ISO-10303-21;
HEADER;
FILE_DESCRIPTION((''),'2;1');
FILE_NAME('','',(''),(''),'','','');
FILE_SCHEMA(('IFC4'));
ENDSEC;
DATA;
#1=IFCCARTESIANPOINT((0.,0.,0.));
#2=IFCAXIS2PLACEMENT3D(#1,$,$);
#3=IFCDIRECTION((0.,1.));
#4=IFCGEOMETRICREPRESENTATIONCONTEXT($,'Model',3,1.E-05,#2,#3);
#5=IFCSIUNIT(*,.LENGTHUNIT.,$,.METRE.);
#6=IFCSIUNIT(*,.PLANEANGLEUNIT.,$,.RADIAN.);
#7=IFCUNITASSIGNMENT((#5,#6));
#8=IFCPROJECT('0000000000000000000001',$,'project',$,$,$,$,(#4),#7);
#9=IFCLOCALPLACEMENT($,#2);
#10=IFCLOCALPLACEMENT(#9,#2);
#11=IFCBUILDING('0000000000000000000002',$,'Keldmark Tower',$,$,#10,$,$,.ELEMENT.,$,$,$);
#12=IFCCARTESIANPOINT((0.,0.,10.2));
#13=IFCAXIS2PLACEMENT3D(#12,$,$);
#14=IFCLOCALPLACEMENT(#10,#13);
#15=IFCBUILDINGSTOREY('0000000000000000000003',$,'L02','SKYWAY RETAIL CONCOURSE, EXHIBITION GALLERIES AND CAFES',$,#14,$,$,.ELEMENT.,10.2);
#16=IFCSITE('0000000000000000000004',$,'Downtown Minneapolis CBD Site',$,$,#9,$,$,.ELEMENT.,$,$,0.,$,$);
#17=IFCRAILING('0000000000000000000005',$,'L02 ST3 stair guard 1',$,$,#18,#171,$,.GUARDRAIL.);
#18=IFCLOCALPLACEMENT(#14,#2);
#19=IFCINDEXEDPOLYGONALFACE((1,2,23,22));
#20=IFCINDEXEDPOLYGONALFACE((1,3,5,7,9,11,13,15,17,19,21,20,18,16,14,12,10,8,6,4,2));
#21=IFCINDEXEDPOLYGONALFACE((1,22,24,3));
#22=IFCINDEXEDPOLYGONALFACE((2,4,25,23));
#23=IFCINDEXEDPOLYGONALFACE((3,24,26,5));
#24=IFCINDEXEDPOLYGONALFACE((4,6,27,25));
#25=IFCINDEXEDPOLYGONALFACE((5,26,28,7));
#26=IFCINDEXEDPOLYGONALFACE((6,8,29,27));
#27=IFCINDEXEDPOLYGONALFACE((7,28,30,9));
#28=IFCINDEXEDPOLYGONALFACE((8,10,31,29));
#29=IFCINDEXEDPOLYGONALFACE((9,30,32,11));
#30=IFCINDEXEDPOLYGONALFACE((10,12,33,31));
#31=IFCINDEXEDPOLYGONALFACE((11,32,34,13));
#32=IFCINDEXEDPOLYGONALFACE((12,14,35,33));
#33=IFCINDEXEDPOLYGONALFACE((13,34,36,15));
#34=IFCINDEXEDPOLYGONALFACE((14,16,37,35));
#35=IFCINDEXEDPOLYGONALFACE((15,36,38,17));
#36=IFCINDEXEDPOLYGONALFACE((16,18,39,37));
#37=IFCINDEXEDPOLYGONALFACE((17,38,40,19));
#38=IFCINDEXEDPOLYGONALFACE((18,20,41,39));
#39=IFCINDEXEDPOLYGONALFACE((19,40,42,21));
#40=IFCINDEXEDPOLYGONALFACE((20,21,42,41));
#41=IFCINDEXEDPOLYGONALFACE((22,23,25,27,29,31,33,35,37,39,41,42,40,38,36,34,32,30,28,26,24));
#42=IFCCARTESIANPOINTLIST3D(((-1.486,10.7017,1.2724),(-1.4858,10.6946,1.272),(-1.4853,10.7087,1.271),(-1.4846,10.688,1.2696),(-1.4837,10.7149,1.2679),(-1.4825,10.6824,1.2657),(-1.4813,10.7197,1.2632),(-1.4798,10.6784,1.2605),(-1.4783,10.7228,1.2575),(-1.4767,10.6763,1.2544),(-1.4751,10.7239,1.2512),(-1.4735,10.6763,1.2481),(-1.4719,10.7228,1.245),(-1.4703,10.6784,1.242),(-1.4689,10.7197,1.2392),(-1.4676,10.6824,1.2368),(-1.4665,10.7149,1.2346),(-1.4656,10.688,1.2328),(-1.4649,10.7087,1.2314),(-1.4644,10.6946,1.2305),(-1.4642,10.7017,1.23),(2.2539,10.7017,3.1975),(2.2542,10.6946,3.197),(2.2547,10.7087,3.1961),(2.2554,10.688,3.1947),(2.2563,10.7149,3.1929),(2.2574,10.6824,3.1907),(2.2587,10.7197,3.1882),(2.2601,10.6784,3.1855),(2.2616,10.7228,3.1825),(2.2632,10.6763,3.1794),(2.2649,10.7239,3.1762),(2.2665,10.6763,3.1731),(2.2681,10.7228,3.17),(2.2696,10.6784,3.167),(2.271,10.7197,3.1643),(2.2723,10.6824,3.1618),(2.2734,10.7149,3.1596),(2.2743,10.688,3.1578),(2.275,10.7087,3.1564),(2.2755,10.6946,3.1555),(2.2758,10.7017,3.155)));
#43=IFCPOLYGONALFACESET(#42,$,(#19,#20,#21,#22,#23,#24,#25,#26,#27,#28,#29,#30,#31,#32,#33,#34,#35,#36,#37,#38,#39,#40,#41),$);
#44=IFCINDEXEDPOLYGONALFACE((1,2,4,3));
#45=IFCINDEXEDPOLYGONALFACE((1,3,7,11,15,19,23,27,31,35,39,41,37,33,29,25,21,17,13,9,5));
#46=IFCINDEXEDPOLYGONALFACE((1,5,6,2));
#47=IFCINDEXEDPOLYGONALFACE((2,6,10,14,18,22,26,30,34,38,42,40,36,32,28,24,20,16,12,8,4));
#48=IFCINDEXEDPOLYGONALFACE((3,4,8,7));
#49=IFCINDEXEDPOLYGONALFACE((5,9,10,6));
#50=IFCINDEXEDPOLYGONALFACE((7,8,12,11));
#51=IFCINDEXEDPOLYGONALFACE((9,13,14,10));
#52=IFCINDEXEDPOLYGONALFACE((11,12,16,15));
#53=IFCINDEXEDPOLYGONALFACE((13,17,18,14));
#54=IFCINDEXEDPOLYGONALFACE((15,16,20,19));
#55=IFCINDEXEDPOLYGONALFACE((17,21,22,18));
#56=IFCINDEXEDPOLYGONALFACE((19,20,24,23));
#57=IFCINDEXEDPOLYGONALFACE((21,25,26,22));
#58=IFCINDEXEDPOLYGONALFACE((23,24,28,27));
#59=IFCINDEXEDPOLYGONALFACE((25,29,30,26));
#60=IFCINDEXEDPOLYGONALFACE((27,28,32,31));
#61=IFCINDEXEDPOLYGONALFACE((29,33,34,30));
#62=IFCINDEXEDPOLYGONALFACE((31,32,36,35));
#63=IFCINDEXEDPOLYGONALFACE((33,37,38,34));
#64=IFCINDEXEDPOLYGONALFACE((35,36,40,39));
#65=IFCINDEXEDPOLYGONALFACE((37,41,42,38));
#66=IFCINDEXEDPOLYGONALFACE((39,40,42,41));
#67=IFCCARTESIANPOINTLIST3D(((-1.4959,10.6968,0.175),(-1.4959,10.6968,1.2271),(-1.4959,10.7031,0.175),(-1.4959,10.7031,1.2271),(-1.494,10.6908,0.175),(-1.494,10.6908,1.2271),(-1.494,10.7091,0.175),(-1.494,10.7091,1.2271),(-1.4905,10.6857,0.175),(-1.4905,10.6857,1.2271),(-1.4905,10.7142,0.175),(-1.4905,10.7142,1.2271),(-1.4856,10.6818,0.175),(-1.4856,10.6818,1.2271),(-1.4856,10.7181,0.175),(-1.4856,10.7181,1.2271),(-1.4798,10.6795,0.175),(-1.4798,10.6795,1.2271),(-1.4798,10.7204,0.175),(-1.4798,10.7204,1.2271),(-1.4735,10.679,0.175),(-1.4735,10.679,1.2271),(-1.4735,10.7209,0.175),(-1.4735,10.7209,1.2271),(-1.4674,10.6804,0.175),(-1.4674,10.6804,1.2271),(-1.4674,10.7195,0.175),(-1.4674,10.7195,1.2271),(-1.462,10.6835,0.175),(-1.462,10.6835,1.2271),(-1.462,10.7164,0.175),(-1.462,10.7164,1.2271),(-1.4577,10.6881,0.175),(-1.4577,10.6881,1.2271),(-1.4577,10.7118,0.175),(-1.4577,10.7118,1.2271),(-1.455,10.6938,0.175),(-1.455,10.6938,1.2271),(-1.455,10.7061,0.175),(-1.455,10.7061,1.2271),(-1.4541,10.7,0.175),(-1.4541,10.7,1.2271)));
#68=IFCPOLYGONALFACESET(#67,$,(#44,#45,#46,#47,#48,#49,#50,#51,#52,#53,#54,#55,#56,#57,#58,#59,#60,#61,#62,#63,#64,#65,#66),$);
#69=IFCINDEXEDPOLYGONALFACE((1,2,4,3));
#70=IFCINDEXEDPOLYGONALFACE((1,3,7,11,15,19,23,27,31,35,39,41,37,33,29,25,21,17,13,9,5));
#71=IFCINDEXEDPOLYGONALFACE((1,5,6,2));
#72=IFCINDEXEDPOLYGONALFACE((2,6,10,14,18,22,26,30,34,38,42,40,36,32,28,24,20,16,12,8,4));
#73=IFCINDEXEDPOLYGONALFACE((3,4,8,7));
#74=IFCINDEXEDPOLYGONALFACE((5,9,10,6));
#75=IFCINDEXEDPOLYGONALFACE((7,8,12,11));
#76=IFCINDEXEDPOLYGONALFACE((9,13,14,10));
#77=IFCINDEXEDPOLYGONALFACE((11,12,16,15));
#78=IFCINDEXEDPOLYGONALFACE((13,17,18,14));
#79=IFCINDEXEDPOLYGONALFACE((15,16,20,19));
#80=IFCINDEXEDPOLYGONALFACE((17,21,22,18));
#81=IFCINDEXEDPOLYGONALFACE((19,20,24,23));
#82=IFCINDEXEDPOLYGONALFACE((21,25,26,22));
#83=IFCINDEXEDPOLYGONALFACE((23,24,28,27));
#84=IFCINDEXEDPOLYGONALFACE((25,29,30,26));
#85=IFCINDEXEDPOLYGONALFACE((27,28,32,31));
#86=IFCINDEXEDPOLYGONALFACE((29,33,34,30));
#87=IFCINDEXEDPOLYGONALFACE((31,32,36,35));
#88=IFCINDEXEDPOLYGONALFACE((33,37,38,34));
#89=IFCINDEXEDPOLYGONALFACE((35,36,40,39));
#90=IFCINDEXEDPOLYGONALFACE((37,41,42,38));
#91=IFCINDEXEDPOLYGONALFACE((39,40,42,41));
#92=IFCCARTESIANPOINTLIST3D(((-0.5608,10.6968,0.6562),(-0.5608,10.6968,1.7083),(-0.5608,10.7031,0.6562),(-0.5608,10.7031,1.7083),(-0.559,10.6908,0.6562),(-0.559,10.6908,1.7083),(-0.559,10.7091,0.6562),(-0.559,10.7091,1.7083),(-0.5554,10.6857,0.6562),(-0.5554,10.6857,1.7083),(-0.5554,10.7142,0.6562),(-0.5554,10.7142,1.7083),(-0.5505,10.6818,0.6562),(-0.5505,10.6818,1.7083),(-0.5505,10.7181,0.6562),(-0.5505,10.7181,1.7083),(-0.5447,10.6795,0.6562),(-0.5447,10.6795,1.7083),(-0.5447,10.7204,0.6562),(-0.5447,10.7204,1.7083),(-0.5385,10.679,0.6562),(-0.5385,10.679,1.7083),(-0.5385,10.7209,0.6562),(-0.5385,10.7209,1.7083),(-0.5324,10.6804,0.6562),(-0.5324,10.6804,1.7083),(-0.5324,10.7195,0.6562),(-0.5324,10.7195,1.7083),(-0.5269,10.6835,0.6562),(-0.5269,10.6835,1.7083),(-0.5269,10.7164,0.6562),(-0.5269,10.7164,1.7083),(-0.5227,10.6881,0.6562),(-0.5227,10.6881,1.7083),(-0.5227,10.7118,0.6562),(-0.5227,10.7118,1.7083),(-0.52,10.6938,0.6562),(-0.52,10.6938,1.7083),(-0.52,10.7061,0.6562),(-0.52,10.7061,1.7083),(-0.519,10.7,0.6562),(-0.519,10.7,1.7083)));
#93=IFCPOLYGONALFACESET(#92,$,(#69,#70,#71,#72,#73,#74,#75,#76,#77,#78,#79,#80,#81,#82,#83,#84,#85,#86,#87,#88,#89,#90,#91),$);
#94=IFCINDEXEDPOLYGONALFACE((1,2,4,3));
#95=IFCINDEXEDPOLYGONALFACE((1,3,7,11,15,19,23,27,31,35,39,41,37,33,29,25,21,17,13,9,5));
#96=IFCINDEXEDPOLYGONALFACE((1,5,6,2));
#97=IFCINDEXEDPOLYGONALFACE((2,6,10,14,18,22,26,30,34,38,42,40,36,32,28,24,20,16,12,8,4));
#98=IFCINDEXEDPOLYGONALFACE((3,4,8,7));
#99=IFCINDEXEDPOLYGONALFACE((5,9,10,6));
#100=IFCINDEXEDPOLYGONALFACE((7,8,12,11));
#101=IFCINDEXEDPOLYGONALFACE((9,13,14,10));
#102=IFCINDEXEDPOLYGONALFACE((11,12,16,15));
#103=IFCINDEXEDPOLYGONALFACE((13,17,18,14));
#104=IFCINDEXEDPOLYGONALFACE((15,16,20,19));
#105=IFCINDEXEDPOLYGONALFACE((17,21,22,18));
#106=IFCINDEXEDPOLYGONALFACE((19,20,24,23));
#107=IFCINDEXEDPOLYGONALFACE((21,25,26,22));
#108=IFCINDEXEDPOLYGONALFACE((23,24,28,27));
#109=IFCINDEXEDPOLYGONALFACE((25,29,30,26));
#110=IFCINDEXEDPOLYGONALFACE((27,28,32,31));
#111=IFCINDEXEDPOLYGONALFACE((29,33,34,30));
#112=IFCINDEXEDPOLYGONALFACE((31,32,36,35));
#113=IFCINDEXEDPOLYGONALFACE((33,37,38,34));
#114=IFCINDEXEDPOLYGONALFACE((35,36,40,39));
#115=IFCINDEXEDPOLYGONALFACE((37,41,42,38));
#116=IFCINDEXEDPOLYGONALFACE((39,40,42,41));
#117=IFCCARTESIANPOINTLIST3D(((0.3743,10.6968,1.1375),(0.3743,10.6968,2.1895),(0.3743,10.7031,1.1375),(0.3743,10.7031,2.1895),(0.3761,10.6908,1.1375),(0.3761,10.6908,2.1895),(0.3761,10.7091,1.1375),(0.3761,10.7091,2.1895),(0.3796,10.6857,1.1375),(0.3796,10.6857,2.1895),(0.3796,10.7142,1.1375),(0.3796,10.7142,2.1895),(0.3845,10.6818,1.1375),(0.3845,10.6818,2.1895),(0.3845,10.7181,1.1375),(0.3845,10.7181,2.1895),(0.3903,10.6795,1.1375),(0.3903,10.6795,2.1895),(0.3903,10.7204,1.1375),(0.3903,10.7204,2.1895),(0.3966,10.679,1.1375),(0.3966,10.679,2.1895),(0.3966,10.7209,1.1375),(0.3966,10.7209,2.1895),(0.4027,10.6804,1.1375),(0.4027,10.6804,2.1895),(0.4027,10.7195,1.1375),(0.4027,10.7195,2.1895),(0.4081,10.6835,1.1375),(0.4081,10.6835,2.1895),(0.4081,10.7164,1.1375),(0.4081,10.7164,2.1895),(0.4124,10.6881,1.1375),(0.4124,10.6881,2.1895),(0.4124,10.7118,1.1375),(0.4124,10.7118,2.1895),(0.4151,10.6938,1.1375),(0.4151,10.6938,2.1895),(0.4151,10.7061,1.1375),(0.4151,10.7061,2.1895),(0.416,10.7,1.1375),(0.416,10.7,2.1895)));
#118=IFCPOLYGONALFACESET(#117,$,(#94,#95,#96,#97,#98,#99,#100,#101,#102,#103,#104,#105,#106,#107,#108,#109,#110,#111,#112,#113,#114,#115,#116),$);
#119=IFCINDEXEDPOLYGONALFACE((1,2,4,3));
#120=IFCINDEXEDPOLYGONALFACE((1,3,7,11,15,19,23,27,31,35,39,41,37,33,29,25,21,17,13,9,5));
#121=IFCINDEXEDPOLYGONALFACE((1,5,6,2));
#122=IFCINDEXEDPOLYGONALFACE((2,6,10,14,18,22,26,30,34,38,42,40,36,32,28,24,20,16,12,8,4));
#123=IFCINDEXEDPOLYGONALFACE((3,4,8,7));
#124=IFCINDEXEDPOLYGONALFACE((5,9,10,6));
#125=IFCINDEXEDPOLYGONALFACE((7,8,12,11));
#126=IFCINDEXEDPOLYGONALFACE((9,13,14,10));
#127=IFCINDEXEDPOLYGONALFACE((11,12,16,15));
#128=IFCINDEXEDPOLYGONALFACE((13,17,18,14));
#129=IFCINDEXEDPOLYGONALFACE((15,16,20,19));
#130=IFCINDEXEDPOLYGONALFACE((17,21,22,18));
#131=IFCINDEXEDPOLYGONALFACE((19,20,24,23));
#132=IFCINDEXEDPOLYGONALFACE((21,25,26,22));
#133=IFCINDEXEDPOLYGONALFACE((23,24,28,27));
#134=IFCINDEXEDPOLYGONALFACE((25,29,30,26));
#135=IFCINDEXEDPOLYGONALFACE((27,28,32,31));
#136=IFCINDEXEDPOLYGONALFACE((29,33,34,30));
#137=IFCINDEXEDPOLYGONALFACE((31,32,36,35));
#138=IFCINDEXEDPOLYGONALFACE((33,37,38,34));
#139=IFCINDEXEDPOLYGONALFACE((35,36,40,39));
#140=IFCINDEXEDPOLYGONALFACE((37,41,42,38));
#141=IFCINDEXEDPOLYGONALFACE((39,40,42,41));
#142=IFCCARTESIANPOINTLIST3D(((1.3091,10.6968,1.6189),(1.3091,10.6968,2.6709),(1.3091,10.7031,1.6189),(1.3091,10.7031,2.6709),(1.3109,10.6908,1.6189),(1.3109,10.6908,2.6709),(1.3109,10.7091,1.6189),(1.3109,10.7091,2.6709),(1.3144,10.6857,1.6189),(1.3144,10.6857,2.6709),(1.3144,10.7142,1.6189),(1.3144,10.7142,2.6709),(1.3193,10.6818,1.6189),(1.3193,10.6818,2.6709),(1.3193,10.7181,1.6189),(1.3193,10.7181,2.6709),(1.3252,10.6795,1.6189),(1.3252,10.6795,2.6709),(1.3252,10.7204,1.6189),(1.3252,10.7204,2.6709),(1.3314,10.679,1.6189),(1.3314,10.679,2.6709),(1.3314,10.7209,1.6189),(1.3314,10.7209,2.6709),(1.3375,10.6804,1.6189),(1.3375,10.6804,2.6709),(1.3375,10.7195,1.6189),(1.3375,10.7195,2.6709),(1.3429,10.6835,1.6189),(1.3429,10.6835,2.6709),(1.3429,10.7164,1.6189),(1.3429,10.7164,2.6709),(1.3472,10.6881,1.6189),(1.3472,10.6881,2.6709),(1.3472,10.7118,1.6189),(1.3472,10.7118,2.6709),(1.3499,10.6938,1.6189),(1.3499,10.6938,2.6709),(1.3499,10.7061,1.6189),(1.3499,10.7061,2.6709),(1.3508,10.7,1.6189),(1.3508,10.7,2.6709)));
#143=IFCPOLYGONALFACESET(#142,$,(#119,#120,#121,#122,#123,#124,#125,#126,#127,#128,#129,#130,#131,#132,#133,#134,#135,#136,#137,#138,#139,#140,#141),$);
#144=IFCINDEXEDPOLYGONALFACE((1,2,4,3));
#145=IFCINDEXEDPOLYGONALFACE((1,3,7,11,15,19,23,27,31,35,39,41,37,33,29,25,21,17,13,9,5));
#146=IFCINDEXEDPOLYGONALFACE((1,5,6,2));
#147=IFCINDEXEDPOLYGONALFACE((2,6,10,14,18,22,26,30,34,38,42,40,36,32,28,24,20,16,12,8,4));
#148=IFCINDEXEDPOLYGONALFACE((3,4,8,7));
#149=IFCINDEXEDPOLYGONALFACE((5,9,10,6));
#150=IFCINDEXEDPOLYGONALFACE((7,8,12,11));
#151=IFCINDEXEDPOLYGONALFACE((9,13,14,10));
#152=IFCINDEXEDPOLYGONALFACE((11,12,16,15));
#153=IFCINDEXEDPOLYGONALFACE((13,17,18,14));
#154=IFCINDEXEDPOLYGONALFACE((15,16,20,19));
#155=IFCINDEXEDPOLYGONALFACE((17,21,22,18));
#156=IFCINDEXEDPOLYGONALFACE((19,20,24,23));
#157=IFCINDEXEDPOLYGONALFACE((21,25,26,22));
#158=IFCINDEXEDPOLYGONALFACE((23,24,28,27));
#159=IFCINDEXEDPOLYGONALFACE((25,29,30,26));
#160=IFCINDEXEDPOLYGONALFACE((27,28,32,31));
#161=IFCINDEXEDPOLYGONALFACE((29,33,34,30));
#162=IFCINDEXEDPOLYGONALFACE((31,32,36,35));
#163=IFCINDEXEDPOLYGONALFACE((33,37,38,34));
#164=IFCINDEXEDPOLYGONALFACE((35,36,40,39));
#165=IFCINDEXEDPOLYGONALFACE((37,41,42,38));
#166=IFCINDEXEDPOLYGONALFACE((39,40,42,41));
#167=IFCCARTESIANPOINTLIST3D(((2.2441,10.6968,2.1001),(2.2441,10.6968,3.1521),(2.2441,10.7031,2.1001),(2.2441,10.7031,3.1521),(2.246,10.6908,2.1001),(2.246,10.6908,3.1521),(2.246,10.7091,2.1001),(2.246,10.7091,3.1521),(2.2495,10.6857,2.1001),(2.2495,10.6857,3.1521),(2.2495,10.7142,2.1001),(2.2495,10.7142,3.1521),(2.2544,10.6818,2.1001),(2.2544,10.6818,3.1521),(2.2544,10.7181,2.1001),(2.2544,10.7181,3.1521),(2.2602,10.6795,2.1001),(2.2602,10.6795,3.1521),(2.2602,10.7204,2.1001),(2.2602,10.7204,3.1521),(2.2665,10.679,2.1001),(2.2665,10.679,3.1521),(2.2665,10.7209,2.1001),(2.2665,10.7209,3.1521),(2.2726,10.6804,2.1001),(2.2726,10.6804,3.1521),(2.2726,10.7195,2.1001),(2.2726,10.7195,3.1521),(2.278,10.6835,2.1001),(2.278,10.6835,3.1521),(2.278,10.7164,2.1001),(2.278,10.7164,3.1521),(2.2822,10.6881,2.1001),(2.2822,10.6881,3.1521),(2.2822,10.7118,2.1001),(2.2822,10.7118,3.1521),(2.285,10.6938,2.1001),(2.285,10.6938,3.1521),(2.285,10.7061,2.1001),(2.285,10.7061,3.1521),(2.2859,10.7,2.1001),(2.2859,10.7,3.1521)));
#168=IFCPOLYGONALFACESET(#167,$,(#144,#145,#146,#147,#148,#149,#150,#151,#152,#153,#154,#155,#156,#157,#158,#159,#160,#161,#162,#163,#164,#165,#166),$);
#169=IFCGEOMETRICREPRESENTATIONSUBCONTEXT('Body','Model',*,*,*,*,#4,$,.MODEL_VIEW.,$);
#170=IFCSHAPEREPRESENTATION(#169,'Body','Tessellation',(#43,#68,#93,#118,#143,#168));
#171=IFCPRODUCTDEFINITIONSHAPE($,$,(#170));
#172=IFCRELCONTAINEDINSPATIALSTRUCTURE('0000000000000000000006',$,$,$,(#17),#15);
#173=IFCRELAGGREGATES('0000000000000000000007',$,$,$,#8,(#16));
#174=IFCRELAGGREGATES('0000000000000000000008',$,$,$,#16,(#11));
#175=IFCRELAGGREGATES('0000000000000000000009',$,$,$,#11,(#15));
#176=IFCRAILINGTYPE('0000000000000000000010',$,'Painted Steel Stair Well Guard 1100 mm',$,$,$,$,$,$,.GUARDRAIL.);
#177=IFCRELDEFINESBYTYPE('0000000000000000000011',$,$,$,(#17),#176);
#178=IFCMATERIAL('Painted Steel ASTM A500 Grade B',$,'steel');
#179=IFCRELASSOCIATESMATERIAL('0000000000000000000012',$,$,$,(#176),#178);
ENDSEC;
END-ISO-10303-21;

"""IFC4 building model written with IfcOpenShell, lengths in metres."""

from ifc_helpers import new_model, si_unit, direction, frame, origin, origin_2d, place, context, subcontext, project, spatial, circle, extrude, material, type_object, element, save


model = new_model("IFC4")

# Units and contexts
model_context = context("Model", 3, precision=1e-05, world=origin(), true_north=direction((0.0, 1.0)))
body_context = subcontext(model_context, "Body", "Model", "MODEL_VIEW")
ifc_project = project(units=[si_unit("LENGTHUNIT", "METRE"), si_unit("PLANEANGLEUNIT", "RADIAN")], contexts=[model_context])

# Site, building, storey
site_placement = place(None, origin())
site = spatial("IfcSite", under=ifc_project, at=site_placement, Name="Downtown Minneapolis CBD Site", CompositionType="ELEMENT", RefElevation=0.0)
building_placement = place(site_placement, origin())
building = spatial("IfcBuilding", under=site, at=building_placement, Name="Keldmark Tower", CompositionType="ELEMENT")
storey_placement = place(building_placement, frame((0.0, 0.0, 10.2)))
storey = spatial("IfcBuildingStorey", under=building, at=storey_placement, Name="L02", Description="SKYWAY RETAIL CONCOURSE, EXHIBITION GALLERIES AND CAFES", CompositionType="ELEMENT", Elevation=10.2)

# Railing
ifc_material_1 = material(Name="Painted Steel ASTM A500 Grade B", Category="steel")
railing_type_1 = type_object("IfcRailingType", Name="Painted Steel Stair Well Guard 1100 mm", PredefinedType="GUARDRAIL", material=ifc_material_1)
railing_1_placement = place(storey_placement, frame((-1.4751, 10.7, 0.175)))
element("IfcRailing", 1, at=railing_1_placement, inside=storey, type_object=railing_type_1, Name="L02 ST3 stair guard 1", PredefinedType="GUARDRAIL", context=body_context, shape_type="SweptSolid", body=[
    extrude(circle(Radius=0.0239, at=origin_2d()), frame((0.0, 0.0, 1.0762), z_axis=(0.889131, 0.0, 0.457654), x_axis=(0.0, 1.0, 0.0)), (0.0, 0.0, 1.0), 4.2063),
    extrude(circle(Radius=0.021, at=origin_2d()), origin(), (0.0, 0.0, 1.0), 1.052),
    extrude(circle(Radius=0.021, at=origin_2d()), frame((0.9351, 0.0, 0.4812)), (0.0, 0.0, 1.0), 1.052),
    extrude(circle(Radius=0.021, at=origin_2d()), frame((1.8701, 0.0, 0.9624)), (0.0, 0.0, 1.0), 1.052),
    extrude(circle(Radius=0.021, at=origin_2d()), frame((2.8049, 0.0, 1.4438)), (0.0, 0.0, 1.0), 1.052),
    extrude(circle(Radius=0.021, at=origin_2d()), frame((3.74, 0.0, 1.925)), (0.0, 0.0, 1.0), 1.052),
])

save(model, "model.ifc")
